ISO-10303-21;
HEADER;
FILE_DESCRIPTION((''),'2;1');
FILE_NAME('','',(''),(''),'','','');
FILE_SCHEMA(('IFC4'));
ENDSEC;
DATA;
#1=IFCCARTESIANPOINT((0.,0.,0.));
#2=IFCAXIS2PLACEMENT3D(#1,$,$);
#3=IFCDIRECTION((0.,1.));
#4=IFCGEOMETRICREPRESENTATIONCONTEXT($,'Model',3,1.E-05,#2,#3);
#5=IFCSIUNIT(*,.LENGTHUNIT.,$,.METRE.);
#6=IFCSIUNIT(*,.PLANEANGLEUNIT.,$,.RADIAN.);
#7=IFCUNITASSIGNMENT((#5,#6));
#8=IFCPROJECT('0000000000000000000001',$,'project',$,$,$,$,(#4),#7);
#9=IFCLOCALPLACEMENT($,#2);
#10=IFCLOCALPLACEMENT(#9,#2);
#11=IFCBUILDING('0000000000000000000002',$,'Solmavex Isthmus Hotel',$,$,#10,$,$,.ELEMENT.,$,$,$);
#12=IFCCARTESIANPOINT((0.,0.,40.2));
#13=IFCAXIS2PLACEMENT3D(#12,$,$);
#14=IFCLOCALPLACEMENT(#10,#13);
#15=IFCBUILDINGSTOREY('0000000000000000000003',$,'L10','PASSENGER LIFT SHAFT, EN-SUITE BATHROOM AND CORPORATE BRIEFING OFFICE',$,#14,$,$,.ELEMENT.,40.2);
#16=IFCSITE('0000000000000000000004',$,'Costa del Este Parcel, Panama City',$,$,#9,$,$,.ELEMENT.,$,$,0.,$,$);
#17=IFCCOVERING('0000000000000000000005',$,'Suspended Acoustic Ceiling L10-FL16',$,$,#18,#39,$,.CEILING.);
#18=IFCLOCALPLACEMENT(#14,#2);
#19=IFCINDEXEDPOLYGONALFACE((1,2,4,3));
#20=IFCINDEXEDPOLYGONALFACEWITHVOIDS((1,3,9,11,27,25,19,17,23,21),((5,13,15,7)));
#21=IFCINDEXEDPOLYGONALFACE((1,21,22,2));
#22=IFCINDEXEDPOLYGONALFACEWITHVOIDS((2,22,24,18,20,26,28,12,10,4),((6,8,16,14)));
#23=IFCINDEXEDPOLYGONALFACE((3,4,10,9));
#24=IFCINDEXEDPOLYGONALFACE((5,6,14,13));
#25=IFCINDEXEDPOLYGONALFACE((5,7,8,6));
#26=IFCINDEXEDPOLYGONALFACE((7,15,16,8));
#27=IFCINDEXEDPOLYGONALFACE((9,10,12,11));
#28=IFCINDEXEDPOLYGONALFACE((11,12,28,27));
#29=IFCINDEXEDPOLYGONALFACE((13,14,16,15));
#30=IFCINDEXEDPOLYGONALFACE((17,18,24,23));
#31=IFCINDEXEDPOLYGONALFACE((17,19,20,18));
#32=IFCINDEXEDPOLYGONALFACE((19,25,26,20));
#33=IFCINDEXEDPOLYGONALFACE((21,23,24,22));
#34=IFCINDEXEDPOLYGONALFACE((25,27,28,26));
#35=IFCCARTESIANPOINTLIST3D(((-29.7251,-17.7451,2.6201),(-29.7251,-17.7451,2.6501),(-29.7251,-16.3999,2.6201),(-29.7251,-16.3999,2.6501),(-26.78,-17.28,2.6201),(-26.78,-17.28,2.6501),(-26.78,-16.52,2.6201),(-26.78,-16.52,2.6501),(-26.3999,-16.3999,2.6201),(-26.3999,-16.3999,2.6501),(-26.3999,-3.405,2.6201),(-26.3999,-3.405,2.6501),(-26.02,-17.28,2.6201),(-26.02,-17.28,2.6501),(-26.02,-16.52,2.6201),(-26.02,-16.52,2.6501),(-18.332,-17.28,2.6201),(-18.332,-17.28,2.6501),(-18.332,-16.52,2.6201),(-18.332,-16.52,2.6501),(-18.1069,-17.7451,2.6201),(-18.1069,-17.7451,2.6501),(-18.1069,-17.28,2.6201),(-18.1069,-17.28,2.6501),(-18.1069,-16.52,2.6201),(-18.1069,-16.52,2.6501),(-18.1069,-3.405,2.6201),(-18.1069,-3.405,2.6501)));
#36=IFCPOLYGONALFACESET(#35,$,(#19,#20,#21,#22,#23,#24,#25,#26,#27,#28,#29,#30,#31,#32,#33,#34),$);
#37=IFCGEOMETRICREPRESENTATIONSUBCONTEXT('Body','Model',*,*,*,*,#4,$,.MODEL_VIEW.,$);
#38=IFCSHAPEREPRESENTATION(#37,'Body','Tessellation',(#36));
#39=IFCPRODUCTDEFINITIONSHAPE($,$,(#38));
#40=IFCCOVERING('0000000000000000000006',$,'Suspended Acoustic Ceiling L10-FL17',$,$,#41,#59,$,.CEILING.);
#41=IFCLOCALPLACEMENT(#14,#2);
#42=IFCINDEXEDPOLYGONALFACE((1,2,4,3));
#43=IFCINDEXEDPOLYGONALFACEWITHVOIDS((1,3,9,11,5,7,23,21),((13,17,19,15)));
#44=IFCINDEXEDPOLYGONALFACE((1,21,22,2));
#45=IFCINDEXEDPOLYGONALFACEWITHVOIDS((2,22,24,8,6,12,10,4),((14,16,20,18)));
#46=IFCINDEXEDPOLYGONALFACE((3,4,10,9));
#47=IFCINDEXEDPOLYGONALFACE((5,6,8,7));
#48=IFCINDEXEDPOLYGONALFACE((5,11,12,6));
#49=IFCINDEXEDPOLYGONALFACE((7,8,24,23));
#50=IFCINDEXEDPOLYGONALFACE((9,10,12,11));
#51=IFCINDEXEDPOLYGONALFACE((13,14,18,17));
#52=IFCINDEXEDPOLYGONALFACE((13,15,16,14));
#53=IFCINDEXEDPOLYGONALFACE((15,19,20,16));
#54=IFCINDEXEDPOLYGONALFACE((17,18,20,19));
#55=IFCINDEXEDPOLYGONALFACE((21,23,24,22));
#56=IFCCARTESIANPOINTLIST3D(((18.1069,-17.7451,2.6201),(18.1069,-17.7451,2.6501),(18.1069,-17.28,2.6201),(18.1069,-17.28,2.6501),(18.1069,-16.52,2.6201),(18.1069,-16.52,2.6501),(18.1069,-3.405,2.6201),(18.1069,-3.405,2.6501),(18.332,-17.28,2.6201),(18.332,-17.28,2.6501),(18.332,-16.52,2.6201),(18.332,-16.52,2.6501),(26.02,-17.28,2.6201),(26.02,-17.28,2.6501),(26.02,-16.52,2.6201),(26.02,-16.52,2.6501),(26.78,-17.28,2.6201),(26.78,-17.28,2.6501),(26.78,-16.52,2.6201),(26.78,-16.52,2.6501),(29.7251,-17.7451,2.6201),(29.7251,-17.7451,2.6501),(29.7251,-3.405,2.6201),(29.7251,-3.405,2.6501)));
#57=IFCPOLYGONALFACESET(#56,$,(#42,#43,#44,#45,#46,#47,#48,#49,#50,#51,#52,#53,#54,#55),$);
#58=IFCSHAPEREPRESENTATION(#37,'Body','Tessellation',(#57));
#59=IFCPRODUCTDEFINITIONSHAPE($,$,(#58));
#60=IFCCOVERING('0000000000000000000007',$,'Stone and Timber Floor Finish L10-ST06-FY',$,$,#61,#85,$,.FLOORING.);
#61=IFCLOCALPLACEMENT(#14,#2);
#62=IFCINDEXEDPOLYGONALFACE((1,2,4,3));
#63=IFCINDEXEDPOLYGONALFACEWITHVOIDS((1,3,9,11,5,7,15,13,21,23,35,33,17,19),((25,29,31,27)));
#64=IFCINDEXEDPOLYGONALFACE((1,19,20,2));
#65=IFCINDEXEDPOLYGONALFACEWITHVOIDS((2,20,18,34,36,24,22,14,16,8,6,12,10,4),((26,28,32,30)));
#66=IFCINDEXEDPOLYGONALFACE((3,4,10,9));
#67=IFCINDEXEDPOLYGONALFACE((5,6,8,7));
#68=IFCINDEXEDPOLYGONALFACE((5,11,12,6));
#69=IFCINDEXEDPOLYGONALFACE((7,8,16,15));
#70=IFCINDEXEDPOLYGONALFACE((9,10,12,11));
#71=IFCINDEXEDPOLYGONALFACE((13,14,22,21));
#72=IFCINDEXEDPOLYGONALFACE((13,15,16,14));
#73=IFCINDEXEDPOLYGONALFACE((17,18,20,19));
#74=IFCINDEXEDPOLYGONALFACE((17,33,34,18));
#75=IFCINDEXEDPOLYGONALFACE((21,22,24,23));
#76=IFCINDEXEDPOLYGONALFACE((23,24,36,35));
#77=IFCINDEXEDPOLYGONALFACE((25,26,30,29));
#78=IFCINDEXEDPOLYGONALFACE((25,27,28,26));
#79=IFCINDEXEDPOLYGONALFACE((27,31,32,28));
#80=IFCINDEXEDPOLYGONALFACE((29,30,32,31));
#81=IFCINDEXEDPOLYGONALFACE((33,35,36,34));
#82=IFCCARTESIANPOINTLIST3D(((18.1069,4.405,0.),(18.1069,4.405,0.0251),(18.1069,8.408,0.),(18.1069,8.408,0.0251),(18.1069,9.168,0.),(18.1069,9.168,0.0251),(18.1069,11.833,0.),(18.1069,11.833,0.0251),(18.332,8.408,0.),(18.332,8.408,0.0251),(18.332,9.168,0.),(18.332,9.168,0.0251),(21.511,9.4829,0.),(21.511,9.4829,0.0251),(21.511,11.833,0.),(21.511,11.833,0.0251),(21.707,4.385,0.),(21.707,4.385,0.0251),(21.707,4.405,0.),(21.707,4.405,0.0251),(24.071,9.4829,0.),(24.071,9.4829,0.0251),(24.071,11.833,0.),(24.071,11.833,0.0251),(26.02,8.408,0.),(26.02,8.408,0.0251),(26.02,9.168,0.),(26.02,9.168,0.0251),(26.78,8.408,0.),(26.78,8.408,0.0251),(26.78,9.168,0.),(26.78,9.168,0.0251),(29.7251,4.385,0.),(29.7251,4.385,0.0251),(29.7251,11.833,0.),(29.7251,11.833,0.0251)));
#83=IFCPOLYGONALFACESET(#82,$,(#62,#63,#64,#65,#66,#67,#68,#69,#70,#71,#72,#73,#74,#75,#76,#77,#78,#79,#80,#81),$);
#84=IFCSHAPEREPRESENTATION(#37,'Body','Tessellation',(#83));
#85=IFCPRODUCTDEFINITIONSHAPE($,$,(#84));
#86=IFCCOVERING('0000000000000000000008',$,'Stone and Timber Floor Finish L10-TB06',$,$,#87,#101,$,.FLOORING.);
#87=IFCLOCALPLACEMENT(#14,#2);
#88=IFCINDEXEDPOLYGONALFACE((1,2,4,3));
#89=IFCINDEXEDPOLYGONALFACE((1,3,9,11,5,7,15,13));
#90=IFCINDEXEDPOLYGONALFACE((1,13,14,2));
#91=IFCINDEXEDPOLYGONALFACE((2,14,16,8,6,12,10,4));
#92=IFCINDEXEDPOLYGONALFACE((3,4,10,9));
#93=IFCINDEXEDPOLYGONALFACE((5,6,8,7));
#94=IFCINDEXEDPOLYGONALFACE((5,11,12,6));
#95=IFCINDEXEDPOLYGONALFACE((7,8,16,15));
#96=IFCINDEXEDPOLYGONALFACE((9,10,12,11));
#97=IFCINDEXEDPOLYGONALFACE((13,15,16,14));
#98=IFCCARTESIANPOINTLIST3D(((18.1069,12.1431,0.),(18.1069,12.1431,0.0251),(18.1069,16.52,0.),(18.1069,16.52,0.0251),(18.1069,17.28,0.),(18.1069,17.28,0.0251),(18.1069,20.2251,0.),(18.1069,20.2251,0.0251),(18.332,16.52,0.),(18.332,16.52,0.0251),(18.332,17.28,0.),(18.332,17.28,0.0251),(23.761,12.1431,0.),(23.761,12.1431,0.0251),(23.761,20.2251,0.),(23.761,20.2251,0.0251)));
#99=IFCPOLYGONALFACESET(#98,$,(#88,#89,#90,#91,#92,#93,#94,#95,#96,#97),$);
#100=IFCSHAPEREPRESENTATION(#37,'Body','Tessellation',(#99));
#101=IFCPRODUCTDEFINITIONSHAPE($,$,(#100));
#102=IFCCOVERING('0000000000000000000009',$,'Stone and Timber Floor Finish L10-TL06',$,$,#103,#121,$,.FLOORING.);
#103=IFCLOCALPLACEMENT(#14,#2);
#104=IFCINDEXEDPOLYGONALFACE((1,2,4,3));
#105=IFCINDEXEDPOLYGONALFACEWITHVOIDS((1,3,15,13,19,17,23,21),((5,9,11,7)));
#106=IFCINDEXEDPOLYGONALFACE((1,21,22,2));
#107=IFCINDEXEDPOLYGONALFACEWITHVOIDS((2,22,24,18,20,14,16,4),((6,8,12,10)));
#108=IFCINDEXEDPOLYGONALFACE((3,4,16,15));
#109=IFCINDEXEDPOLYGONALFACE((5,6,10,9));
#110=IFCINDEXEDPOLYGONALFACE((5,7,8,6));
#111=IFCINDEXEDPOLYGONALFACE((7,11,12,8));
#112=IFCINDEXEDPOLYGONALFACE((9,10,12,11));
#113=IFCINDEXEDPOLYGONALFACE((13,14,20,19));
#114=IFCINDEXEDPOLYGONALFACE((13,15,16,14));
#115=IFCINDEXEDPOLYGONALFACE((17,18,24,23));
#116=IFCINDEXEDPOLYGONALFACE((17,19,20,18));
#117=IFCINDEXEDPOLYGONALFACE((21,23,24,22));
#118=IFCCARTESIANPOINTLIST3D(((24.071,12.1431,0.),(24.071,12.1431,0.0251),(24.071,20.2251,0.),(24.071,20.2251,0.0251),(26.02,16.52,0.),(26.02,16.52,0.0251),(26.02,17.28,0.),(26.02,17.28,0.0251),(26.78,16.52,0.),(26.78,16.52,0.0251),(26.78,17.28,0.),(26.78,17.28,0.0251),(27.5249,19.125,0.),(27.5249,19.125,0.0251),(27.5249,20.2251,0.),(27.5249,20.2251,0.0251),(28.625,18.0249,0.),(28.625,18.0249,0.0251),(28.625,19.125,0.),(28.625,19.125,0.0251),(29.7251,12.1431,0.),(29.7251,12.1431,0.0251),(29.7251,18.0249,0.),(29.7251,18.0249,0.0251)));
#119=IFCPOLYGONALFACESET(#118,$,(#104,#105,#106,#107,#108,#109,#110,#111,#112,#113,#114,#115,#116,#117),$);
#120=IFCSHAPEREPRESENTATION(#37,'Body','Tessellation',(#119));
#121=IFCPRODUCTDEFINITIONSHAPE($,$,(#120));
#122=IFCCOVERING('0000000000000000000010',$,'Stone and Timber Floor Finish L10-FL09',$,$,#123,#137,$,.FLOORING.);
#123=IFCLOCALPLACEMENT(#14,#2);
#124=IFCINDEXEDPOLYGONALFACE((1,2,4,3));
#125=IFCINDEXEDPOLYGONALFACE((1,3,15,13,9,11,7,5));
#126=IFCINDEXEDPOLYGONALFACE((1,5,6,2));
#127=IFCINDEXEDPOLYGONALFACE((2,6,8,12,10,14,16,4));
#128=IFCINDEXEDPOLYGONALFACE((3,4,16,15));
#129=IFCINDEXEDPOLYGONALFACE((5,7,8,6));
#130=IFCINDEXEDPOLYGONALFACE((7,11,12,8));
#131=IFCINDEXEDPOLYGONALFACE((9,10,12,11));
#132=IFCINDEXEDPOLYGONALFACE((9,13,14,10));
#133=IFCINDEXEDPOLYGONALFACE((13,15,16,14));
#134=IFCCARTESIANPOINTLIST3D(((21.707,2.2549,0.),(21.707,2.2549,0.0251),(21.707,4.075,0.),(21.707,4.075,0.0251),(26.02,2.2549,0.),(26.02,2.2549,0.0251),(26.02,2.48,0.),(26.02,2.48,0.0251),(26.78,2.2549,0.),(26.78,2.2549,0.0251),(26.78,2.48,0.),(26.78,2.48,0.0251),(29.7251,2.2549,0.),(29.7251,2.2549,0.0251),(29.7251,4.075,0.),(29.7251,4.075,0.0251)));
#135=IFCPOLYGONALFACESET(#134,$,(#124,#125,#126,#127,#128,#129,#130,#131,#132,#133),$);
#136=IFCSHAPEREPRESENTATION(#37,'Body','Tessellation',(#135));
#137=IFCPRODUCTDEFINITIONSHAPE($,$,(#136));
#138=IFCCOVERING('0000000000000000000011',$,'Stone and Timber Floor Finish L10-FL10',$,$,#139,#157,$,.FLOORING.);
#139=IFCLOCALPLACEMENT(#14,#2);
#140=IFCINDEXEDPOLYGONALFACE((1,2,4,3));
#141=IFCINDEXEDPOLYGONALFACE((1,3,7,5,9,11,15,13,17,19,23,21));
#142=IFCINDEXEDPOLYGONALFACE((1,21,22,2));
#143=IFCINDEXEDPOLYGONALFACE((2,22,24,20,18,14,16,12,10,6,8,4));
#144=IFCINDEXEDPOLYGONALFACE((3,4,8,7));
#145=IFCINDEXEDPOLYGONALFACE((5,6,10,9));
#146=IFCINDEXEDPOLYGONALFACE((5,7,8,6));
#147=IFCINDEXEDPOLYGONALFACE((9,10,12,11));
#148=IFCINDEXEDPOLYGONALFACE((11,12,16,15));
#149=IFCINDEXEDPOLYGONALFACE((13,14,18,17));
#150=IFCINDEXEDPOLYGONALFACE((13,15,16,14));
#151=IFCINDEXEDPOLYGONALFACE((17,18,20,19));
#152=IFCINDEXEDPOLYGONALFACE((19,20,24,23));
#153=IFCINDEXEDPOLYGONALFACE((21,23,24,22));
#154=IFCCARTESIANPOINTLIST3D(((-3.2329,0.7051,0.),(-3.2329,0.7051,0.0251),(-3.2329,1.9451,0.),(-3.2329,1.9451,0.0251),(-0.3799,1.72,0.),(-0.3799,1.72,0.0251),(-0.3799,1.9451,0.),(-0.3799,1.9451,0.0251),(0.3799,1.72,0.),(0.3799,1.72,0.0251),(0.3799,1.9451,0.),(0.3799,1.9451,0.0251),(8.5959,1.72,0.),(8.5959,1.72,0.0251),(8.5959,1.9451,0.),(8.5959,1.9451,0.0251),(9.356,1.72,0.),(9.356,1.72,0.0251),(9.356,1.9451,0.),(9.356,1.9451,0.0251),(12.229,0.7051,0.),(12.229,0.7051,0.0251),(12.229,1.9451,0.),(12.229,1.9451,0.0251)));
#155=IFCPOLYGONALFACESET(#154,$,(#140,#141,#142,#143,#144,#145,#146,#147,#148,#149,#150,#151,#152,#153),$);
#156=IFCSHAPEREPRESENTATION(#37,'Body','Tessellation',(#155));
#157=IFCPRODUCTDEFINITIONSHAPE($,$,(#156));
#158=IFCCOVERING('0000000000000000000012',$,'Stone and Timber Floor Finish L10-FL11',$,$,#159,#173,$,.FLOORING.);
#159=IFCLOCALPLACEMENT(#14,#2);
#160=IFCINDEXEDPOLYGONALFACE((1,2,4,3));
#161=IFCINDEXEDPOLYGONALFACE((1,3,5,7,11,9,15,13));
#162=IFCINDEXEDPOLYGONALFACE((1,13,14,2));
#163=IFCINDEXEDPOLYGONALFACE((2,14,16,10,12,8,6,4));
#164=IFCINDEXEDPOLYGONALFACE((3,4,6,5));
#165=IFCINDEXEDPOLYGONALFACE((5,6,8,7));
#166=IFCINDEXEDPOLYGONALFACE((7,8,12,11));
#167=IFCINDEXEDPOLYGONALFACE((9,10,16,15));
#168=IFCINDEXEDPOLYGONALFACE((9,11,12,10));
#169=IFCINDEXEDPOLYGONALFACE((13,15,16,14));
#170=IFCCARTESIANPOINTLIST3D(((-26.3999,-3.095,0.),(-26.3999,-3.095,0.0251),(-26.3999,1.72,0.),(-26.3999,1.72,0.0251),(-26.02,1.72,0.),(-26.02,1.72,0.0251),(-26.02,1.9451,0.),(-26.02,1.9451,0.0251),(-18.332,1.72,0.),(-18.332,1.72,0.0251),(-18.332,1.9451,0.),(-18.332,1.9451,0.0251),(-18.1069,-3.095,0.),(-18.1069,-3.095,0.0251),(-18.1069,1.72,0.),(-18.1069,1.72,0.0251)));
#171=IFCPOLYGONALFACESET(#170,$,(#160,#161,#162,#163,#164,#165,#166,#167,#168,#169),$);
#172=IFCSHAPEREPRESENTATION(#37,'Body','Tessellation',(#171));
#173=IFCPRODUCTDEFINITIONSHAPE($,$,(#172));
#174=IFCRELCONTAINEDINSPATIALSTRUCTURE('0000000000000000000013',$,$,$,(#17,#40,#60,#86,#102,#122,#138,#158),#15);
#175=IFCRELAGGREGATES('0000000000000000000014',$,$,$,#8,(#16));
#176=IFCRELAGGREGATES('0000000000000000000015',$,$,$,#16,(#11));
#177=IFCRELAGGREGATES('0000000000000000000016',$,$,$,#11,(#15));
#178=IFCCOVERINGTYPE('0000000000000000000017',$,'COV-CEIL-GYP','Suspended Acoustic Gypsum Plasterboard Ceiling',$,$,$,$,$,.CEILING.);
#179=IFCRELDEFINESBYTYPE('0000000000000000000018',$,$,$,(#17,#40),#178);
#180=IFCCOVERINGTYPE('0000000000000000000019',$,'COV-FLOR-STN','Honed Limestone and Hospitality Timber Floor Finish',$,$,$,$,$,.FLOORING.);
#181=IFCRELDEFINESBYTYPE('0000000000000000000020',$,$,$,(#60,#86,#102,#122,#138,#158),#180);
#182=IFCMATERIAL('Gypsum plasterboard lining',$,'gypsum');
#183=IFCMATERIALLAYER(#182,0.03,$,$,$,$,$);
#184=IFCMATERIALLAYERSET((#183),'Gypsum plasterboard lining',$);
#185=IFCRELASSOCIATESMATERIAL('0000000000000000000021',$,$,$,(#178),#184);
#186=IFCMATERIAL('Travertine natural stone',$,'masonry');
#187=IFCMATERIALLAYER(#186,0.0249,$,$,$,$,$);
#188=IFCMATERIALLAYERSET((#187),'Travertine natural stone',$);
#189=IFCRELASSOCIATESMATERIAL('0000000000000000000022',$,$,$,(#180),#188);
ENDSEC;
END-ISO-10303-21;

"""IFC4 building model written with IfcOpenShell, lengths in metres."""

from ifc_helpers import new_model, si_unit, direction, frame, origin, place, context, subcontext, project, spatial, polyline, outline, extrude, material, layer, layer_set, type_object, element, save


model = new_model("IFC4")

# Units and contexts
model_context = context("Model", 3, precision=1e-05, world=origin(), true_north=direction((0.0, 1.0)))
body_context = subcontext(model_context, "Body", "Model", "MODEL_VIEW")
ifc_project = project(units=[si_unit("LENGTHUNIT", "METRE"), si_unit("PLANEANGLEUNIT", "RADIAN")], contexts=[model_context])

# Site, building, storey
site_placement = place(None, origin())
site = spatial("IfcSite", under=ifc_project, at=site_placement, Name="Costa del Este Parcel, Panama City", CompositionType="ELEMENT", RefElevation=0.0)
building_placement = place(site_placement, origin())
building = spatial("IfcBuilding", under=site, at=building_placement, Name="Solmavex Isthmus Hotel", CompositionType="ELEMENT")
storey_placement = place(building_placement, frame((0.0, 0.0, 40.2)))
storey = spatial("IfcBuildingStorey", under=building, at=storey_placement, Name="L10", Description="PASSENGER LIFT SHAFT, EN-SUITE BATHROOM AND CORPORATE BRIEFING OFFICE", CompositionType="ELEMENT", Elevation=40.2)

# Shared definitions
ifc_material_1 = material(Name="Gypsum plasterboard lining", Category="gypsum")

# Coverings
ifc_layer_1 = layer(ifc_material_1, 0.03)
ifc_layer_set_1 = layer_set([ifc_layer_1], Name="Gypsum plasterboard lining")
covering_type_1 = type_object("IfcCoveringType", Name="COV-CEIL-GYP", Description="Suspended Acoustic Gypsum Plasterboard Ceiling", PredefinedType="CEILING", material=ifc_layer_set_1)
covering_1_placement = place(storey_placement, frame((0.0, 0.0, 2.6201)))
element("IfcCovering", 1, at=covering_1_placement, inside=storey, type_object=covering_type_1, Name="Suspended Acoustic Ceiling L10-FL16", PredefinedType="CEILING", context=body_context, shape_type="SweptSolid", body=[
    extrude(outline(polyline([(-18.1069, -17.28), (-18.332, -17.28), (-18.332, -16.52), (-18.1069, -16.52), (-18.1069, -3.405), (-26.3999, -3.405), (-26.3999, -16.3999), (-29.7251, -16.3999), (-29.7251, -17.7451), (-18.1069, -17.7451), (-18.1069, -17.28)]), holes=[polyline([(-26.78, -17.28), (-26.78, -16.52), (-26.02, -16.52), (-26.02, -17.28), (-26.78, -17.28)])]), origin(), (0.0, 0.0, 1.0), 0.03),
])
covering_2_placement = place(storey_placement, frame((0.0, 0.0, 2.6201)))
element("IfcCovering", 2, at=covering_2_placement, inside=storey, type_object=covering_type_1, Name="Suspended Acoustic Ceiling L10-FL17", PredefinedType="CEILING", context=body_context, shape_type="SweptSolid", body=[
    extrude(outline(polyline([(18.1069, -16.52), (18.332, -16.52), (18.332, -17.28), (18.1069, -17.28), (18.1069, -17.7451), (29.7251, -17.7451), (29.7251, -3.405), (18.1069, -3.405), (18.1069, -16.52)]), holes=[polyline([(26.02, -17.28), (26.02, -16.52), (26.78, -16.52), (26.78, -17.28), (26.02, -17.28)])]), origin(), (0.0, 0.0, 1.0), 0.03),
])
ifc_material_2 = material(Name="Travertine natural stone", Category="masonry")
ifc_layer_2 = layer(ifc_material_2, 0.0249)
ifc_layer_set_2 = layer_set([ifc_layer_2], Name="Travertine natural stone")
covering_type_2 = type_object("IfcCoveringType", Name="COV-FLOR-STN", Description="Honed Limestone and Hospitality Timber Floor Finish", PredefinedType="FLOORING", material=ifc_layer_set_2)
covering_3_placement = place(storey_placement, origin())
element("IfcCovering", 3, at=covering_3_placement, inside=storey, type_object=covering_type_2, Name="Stone and Timber Floor Finish L10-ST06-FY", PredefinedType="FLOORING", context=body_context, shape_type="SweptSolid", body=[
    extrude(outline(polyline([(18.1069, 9.168), (18.332, 9.168), (18.332, 8.408), (18.1069, 8.408), (18.1069, 4.405), (21.707, 4.405), (21.707, 4.385), (29.7251, 4.385), (29.7251, 11.833), (24.071, 11.833), (24.071, 9.4829), (21.511, 9.4829), (21.511, 11.833), (18.1069, 11.833), (18.1069, 9.168)]), holes=[polyline([(26.02, 8.408), (26.02, 9.168), (26.78, 9.168), (26.78, 8.408), (26.02, 8.408)])]), origin(), (0.0, 0.0, 1.0), 0.0251),
])
covering_4_placement = place(storey_placement, origin())
element("IfcCovering", 4, at=covering_4_placement, inside=storey, type_object=covering_type_2, Name="Stone and Timber Floor Finish L10-TB06", PredefinedType="FLOORING", context=body_context, shape_type="SweptSolid", body=[
    extrude(outline(polyline([(18.1069, 17.28), (18.332, 17.28), (18.332, 16.52), (18.1069, 16.52), (18.1069, 12.1431), (23.761, 12.1431), (23.761, 20.2251), (18.1069, 20.2251), (18.1069, 17.28)])), origin(), (0.0, 0.0, 1.0), 0.0251),
])
covering_5_placement = place(storey_placement, origin())
element("IfcCovering", 5, at=covering_5_placement, inside=storey, type_object=covering_type_2, Name="Stone and Timber Floor Finish L10-TL06", PredefinedType="FLOORING", context=body_context, shape_type="SweptSolid", body=[
    extrude(outline(polyline([(27.5249, 19.125), (27.5249, 20.2251), (24.071, 20.2251), (24.071, 12.1431), (29.7251, 12.1431), (29.7251, 18.0249), (28.625, 18.0249), (28.625, 19.125), (27.5249, 19.125)]), holes=[polyline([(26.02, 16.52), (26.02, 17.28), (26.78, 17.28), (26.78, 16.52), (26.02, 16.52)])]), origin(), (0.0, 0.0, 1.0), 0.0251),
])
covering_6_placement = place(storey_placement, origin())
element("IfcCovering", 6, at=covering_6_placement, inside=storey, type_object=covering_type_2, Name="Stone and Timber Floor Finish L10-FL09", PredefinedType="FLOORING", context=body_context, shape_type="SweptSolid", body=[
    extrude(outline(polyline([(26.02, 2.2549), (26.02, 2.48), (26.78, 2.48), (26.78, 2.2549), (29.7251, 2.2549), (29.7251, 4.075), (21.707, 4.075), (21.707, 2.2549), (26.02, 2.2549)])), origin(), (0.0, 0.0, 1.0), 0.0251),
])
covering_7_placement = place(storey_placement, origin())
element("IfcCovering", 7, at=covering_7_placement, inside=storey, type_object=covering_type_2, Name="Stone and Timber Floor Finish L10-FL10", PredefinedType="FLOORING", context=body_context, shape_type="SweptSolid", body=[
    extrude(outline(polyline([(0.3799, 1.9451), (0.3799, 1.72), (-0.3799, 1.72), (-0.3799, 1.9451), (-3.2329, 1.9451), (-3.2329, 0.7051), (12.229, 0.7051), (12.229, 1.9451), (9.356, 1.9451), (9.356, 1.72), (8.5959, 1.72), (8.5959, 1.9451), (0.3799, 1.9451)])), origin(), (0.0, 0.0, 1.0), 0.0251),
])
covering_8_placement = place(storey_placement, origin())
element("IfcCovering", 8, at=covering_8_placement, inside=storey, type_object=covering_type_2, Name="Stone and Timber Floor Finish L10-FL11", PredefinedType="FLOORING", context=body_context, shape_type="SweptSolid", body=[
    extrude(outline(polyline([(-26.02, 1.9451), (-26.02, 1.72), (-26.3999, 1.72), (-26.3999, -3.095), (-18.1069, -3.095), (-18.1069, 1.72), (-18.332, 1.72), (-18.332, 1.9451), (-26.02, 1.9451)])), origin(), (0.0, 0.0, 1.0), 0.0251),
])

save(model, "model.ifc")
